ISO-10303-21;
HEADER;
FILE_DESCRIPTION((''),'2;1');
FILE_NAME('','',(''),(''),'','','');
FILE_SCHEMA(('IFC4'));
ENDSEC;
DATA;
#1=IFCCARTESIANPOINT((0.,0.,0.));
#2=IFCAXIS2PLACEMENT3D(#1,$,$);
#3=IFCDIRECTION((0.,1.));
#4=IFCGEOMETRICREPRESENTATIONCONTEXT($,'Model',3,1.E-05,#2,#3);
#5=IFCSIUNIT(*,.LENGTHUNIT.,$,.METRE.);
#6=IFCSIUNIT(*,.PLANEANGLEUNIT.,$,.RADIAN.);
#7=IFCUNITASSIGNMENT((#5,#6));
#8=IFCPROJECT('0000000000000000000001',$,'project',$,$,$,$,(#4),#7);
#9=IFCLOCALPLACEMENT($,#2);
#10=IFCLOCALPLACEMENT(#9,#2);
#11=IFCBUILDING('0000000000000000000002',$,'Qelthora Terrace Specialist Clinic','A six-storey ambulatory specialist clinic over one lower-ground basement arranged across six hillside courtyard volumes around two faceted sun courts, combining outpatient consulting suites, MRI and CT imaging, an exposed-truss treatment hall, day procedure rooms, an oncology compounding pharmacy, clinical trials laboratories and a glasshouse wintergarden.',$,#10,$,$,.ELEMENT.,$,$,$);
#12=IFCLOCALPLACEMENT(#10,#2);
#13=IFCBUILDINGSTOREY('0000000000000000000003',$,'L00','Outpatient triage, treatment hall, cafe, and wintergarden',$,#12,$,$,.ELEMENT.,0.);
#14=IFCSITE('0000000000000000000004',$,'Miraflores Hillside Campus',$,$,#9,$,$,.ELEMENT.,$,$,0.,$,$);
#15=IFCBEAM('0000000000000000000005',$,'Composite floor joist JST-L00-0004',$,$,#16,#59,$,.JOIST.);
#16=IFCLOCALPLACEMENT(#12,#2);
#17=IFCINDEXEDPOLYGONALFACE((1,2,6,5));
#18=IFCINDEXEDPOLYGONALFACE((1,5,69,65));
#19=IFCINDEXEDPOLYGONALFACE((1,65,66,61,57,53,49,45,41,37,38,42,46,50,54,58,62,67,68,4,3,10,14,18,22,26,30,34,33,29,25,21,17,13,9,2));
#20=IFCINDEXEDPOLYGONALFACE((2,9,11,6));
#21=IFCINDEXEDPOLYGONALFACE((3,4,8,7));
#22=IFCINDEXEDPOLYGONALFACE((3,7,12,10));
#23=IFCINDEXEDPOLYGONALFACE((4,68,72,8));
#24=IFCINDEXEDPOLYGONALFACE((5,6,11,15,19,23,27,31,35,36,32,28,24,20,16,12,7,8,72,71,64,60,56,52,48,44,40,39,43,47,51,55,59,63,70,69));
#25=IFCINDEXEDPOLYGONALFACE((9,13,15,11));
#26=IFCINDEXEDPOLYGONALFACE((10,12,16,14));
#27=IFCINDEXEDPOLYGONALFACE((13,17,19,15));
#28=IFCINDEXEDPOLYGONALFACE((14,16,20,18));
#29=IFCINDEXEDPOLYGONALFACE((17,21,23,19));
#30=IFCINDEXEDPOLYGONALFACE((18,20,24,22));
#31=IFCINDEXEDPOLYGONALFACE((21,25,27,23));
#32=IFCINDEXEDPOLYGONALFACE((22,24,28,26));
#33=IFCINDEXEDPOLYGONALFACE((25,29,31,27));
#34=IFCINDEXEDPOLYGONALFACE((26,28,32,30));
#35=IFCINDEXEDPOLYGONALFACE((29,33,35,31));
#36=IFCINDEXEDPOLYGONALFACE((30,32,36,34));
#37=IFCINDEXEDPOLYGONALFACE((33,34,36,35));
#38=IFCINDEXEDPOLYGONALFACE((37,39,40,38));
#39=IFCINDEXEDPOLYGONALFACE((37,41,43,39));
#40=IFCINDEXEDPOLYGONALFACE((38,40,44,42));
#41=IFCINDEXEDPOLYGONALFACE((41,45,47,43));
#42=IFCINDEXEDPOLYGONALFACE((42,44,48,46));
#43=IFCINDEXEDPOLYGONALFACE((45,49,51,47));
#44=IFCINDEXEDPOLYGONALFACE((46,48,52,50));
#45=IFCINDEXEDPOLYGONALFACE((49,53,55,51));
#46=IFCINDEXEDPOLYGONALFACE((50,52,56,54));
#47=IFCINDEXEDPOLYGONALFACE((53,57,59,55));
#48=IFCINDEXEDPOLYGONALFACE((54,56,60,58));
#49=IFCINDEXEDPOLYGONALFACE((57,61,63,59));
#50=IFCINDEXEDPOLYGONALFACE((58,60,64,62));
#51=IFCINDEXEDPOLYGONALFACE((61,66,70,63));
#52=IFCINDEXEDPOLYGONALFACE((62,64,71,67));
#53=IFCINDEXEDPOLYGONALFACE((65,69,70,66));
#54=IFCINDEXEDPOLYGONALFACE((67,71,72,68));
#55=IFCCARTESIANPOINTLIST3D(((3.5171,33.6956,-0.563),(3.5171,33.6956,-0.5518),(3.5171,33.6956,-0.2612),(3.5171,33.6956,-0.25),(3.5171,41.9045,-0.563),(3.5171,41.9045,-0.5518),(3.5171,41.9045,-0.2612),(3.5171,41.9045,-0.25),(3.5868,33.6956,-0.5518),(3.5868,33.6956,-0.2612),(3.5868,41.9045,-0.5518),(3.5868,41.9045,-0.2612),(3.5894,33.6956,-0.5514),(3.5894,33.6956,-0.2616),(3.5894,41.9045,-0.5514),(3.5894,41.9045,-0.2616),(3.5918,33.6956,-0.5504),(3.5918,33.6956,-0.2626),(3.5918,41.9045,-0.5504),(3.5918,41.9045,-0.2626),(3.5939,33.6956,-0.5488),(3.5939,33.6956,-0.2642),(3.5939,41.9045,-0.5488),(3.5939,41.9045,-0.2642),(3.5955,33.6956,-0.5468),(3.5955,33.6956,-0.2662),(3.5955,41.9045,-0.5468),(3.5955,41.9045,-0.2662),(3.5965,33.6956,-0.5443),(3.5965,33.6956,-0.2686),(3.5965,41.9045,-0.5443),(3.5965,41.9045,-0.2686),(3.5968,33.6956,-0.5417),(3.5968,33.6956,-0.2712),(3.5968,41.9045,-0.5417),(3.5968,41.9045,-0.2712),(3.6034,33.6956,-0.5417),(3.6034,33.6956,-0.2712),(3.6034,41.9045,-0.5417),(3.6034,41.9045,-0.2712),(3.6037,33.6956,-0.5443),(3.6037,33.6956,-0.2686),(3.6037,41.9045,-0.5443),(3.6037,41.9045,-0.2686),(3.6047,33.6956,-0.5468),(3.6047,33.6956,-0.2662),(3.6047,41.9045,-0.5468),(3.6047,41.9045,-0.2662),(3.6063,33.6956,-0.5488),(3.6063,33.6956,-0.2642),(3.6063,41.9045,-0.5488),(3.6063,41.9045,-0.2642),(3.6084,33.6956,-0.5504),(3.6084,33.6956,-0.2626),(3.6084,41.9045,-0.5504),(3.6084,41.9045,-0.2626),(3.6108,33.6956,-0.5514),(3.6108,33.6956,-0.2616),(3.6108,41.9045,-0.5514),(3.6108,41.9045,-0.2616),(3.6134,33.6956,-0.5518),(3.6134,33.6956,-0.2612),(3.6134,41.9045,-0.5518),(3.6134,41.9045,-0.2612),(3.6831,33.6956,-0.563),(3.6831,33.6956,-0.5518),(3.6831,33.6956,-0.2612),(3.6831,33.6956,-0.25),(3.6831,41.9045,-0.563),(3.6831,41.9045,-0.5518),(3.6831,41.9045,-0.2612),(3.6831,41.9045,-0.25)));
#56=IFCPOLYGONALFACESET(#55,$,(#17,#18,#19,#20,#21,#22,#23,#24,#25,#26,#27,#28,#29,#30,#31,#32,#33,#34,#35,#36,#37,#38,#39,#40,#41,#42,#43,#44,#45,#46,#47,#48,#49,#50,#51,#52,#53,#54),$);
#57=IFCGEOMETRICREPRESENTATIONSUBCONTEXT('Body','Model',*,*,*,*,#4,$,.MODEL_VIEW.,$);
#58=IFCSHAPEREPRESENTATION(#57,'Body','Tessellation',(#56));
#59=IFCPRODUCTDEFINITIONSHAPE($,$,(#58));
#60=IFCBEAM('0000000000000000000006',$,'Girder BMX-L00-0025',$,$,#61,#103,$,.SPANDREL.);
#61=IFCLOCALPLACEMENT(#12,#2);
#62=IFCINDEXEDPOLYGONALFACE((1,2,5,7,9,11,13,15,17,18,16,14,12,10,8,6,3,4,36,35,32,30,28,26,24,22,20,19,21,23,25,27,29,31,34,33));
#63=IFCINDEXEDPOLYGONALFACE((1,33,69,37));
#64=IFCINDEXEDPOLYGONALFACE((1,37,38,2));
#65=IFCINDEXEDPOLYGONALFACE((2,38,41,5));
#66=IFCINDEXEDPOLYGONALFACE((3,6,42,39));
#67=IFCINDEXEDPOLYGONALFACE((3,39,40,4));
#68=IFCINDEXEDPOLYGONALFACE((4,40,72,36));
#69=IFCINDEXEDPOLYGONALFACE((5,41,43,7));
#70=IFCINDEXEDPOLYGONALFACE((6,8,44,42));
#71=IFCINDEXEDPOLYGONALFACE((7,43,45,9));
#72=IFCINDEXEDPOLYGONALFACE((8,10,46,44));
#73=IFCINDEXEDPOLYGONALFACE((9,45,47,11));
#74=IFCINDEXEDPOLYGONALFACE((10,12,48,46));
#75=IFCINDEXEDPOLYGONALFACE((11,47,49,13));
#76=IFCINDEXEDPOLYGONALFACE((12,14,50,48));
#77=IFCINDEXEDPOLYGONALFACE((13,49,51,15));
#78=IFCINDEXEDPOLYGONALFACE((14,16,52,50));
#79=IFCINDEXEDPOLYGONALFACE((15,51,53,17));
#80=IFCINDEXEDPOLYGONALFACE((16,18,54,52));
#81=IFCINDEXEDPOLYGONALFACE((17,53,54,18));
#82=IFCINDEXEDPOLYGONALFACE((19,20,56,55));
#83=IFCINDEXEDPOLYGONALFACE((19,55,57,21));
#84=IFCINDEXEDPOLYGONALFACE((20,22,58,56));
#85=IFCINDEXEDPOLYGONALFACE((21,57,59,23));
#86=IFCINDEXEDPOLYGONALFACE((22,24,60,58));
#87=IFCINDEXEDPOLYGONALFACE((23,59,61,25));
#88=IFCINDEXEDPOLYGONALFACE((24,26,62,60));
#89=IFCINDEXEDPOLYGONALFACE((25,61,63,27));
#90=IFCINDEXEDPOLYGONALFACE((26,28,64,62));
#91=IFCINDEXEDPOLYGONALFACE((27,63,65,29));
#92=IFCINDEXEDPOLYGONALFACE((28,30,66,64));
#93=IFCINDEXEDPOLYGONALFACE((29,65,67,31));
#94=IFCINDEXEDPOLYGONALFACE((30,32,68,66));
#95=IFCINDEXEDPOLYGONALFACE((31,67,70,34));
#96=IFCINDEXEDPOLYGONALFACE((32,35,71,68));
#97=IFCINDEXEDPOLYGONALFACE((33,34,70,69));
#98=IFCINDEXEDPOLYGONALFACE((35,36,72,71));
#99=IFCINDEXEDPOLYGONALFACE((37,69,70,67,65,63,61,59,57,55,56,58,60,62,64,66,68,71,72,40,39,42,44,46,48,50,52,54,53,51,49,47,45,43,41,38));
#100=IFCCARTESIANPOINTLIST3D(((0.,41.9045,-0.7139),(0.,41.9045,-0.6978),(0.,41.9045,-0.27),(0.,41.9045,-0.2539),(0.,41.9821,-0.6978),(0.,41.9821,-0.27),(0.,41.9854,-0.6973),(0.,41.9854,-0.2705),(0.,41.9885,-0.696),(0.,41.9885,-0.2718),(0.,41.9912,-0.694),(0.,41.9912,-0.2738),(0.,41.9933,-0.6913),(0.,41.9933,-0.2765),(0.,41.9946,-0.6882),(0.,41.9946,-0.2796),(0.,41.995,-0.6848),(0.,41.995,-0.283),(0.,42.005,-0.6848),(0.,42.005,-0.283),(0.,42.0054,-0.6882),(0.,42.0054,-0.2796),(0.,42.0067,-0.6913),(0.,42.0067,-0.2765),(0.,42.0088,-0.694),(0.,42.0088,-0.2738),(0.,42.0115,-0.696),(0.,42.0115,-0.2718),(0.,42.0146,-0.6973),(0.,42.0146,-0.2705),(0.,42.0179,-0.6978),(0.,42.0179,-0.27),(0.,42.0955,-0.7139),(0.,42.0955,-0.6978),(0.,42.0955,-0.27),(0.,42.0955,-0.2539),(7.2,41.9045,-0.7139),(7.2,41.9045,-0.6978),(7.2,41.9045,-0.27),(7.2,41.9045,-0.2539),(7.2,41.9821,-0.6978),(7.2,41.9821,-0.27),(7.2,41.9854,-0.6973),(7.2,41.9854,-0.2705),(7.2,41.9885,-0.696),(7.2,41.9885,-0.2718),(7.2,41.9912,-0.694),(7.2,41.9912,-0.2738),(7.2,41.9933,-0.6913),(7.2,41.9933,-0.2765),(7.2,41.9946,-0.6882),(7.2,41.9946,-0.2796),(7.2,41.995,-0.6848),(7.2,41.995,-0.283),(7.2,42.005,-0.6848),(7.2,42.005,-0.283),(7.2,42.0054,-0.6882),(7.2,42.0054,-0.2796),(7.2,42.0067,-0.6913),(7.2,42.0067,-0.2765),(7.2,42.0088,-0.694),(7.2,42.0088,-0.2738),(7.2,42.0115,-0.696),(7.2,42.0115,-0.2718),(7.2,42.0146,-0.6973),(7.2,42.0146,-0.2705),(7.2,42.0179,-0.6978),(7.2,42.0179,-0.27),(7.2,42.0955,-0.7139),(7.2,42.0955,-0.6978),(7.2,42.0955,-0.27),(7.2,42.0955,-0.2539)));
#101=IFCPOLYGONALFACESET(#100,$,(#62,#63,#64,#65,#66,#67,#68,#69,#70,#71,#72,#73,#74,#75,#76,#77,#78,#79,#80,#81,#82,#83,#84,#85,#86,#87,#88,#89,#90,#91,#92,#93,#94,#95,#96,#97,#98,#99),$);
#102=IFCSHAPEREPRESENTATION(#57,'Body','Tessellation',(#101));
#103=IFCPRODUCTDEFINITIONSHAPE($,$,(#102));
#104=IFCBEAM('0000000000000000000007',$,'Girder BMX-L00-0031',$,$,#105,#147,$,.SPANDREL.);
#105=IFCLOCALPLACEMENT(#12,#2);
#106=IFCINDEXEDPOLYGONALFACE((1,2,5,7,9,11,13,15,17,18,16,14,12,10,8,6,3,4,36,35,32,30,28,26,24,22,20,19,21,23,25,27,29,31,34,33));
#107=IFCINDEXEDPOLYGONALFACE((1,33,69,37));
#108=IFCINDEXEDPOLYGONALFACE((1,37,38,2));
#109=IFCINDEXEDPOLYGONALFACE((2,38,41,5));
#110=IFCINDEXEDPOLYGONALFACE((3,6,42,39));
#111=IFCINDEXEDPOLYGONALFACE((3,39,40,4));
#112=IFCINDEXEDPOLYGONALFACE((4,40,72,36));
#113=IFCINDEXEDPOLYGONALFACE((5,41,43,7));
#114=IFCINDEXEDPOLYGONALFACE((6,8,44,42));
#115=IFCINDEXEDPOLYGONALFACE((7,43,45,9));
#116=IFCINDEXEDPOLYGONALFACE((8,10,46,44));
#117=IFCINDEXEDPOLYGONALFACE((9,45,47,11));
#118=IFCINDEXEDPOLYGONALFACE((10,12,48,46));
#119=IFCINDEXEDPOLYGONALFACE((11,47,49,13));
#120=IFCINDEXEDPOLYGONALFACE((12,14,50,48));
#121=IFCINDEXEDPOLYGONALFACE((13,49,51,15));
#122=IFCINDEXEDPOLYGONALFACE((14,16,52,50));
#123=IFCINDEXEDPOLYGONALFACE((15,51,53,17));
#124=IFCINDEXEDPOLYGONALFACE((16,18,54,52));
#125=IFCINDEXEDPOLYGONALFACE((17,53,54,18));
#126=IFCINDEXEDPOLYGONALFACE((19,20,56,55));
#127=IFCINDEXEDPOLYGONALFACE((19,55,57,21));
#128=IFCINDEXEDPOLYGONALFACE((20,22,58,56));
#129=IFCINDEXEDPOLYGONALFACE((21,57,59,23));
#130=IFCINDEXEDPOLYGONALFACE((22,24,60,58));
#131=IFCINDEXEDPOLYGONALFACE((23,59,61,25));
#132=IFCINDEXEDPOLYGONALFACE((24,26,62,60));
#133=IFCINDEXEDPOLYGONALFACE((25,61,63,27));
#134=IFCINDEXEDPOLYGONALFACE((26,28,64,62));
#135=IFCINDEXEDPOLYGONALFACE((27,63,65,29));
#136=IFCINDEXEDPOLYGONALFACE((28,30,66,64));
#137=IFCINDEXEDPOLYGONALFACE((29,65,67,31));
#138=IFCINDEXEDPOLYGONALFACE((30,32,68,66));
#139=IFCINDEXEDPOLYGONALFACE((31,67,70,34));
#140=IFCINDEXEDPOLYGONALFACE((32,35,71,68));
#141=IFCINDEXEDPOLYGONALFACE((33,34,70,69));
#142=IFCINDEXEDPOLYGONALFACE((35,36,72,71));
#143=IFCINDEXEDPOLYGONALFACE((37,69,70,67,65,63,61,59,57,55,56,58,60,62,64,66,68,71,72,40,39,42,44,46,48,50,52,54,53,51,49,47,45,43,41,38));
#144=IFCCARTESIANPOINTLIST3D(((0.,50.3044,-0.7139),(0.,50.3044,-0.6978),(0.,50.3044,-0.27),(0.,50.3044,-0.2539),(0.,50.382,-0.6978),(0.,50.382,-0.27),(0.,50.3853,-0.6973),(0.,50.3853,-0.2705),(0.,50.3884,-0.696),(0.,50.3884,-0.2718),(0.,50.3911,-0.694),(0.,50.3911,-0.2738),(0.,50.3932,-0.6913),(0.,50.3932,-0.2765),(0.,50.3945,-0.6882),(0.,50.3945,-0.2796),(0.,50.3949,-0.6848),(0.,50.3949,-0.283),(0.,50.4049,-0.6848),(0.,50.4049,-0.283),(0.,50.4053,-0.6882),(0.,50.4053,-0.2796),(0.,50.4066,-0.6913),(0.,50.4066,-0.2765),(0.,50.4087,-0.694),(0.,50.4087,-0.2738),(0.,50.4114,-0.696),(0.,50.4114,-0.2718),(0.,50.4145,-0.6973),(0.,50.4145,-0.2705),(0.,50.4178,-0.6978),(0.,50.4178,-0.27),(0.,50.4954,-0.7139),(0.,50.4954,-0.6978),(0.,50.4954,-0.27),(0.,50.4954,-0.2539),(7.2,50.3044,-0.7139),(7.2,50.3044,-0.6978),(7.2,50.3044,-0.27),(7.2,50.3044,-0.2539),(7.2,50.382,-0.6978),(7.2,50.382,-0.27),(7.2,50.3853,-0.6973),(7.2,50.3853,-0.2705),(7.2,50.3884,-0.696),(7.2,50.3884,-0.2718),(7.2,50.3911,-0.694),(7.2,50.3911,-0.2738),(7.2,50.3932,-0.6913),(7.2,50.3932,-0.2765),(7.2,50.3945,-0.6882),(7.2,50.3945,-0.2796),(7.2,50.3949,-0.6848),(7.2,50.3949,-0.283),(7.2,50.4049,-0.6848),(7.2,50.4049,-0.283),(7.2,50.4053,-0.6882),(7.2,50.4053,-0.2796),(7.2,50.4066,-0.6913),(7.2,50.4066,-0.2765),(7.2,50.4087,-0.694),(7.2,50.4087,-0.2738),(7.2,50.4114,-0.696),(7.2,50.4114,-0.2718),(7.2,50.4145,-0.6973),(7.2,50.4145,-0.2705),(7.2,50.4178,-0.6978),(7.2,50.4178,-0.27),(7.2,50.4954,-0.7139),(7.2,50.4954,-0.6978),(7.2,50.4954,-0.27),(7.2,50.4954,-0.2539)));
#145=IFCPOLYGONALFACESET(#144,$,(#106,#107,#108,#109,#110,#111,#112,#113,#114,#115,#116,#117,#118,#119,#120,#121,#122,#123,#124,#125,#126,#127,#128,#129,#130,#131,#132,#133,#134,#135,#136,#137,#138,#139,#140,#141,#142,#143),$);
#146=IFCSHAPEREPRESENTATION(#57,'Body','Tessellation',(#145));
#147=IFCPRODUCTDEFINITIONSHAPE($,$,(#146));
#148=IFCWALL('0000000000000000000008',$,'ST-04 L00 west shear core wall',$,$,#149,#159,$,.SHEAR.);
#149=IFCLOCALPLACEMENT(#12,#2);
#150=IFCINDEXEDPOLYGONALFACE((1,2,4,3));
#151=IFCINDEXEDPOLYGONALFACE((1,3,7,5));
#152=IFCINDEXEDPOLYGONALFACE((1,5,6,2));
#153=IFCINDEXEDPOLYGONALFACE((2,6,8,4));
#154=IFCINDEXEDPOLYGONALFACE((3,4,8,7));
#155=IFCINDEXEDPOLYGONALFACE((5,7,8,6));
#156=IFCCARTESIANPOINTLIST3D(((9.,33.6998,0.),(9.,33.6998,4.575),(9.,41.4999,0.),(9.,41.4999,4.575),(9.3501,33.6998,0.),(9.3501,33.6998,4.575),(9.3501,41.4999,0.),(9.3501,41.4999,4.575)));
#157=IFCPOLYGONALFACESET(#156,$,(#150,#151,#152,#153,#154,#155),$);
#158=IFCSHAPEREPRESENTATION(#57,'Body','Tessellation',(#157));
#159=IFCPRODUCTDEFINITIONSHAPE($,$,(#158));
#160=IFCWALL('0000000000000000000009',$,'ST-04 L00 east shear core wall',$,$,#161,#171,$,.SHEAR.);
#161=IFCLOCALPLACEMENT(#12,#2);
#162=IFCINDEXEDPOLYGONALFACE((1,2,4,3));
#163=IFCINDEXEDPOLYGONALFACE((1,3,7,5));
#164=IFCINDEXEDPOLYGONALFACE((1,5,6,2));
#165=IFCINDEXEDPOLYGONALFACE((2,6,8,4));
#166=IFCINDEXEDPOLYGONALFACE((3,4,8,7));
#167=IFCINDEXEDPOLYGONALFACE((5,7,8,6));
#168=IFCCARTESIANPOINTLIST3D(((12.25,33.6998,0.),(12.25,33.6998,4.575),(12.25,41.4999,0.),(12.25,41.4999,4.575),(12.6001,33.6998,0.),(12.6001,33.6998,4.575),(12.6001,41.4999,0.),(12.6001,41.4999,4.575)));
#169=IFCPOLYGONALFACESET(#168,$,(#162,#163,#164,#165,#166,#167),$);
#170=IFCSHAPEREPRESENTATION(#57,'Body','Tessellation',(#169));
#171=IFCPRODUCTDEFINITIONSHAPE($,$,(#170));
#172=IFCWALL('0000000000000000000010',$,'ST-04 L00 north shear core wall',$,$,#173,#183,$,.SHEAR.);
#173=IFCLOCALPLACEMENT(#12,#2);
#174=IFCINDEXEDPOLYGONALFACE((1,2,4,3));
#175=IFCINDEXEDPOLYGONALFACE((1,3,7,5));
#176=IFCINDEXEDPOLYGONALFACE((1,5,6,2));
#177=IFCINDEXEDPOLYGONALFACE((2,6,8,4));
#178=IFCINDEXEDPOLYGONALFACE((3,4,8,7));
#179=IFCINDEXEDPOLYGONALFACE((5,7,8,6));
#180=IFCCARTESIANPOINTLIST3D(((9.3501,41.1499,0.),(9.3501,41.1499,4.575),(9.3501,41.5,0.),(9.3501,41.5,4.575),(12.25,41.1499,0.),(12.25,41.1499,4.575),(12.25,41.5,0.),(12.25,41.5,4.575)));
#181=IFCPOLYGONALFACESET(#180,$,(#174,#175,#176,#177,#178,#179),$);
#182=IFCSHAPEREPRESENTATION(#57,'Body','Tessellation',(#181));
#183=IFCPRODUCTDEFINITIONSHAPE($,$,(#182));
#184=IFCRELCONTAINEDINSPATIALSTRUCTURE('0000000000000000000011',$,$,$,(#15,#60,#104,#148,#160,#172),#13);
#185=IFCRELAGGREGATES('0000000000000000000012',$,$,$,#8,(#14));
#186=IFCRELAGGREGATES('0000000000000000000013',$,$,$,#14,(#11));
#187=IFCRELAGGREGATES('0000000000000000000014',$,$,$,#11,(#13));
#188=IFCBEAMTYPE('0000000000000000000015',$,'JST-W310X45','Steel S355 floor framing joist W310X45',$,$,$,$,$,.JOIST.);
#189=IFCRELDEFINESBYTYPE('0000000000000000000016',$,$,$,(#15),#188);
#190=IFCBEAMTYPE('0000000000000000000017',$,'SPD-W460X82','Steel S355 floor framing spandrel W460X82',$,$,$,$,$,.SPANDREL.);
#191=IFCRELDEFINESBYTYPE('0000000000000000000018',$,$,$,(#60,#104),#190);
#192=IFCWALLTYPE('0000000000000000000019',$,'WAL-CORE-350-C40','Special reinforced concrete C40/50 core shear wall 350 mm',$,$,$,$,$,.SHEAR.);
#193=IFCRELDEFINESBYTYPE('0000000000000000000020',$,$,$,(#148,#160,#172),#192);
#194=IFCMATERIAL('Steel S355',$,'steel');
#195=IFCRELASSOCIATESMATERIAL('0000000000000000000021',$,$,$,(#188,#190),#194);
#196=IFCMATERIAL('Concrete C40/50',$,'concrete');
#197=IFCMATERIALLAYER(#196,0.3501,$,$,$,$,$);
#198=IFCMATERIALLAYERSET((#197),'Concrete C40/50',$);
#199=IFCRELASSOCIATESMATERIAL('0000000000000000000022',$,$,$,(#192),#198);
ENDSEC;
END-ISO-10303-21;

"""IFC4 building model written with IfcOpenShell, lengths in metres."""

from ifc_helpers import new_model, si_unit, direction, frame, frame_2d, origin, origin_2d, place, context, subcontext, project, spatial, rectangle, i_section, extrude, material, layer, layer_set, material_profile, profile_set, type_object, element, save


model = new_model("IFC4")

# Units and contexts
model_context = context("Model", 3, precision=1e-05, world=origin(), true_north=direction((0.0, 1.0)))
body_context = subcontext(model_context, "Body", "Model", "MODEL_VIEW")
ifc_project = project(units=[si_unit("LENGTHUNIT", "METRE"), si_unit("PLANEANGLEUNIT", "RADIAN")], contexts=[model_context])

# Site, building, storey
site_placement = place(None, origin())
site = spatial("IfcSite", under=ifc_project, at=site_placement, Name="Miraflores Hillside Campus", CompositionType="ELEMENT", RefElevation=0.0)
building_placement = place(site_placement, origin())
building = spatial("IfcBuilding", under=site, at=building_placement, Name="Qelthora Terrace Specialist Clinic", Description="A six-storey ambulatory specialist clinic over one lower-ground basement arranged across six hillside courtyard volumes around two faceted sun courts, combining outpatient consulting suites, MRI and CT imaging, an exposed-truss treatment hall, day procedure rooms, an oncology compounding pharmacy, clinical trials laboratories and a glasshouse wintergarden.", CompositionType="ELEMENT")
storey_placement = place(building_placement, origin())
storey = spatial("IfcBuildingStorey", under=building, at=storey_placement, Name="L00", Description="Outpatient triage, treatment hall, cafe, and wintergarden", CompositionType="ELEMENT", Elevation=0.0)

# Shared definitions
ifc_material_1 = material(Name="Steel S355", Category="steel")

# Beams
ifc_material_profile_1 = material_profile(ifc_material_1, i_section(OverallWidth=0.166, OverallDepth=0.313, WebThickness=0.0066, FlangeThickness=0.0112, FilletRadius=0.01, at=origin_2d()), Name="W310X45")
ifc_profile_set_1 = profile_set([ifc_material_profile_1], Name="Steel S355")
beam_type_1 = type_object("IfcBeamType", Name="JST-W310X45", Description="Steel S355 floor framing joist W310X45", PredefinedType="JOIST", material=ifc_profile_set_1)
beam_1_placement = place(storey_placement, frame((3.6001, 33.6956, -0.4065), z_axis=(0.0, 1.0, 0.0), x_axis=(-1.0, 0.0, 0.0)))
element("IfcBeam", 1, at=beam_1_placement, inside=storey, type_object=beam_type_1, Name="Composite floor joist JST-L00-0004", PredefinedType="JOIST", context=body_context, shape_type="SweptSolid", body=[
    extrude(i_section(OverallWidth=0.166, OverallDepth=0.313, WebThickness=0.0066, FlangeThickness=0.0112, FilletRadius=0.01, at=origin_2d()), origin(), (0.0, 0.0, 1.0), 8.209),
])
ifc_material_profile_2 = material_profile(ifc_material_1, i_section(OverallWidth=0.1909, OverallDepth=0.46, WebThickness=0.01, FlangeThickness=0.0161, FilletRadius=0.0129, at=origin_2d()), Name="W460X82")
ifc_profile_set_2 = profile_set([ifc_material_profile_2], Name="Steel S355")
beam_type_2 = type_object("IfcBeamType", Name="SPD-W460X82", Description="Steel S355 floor framing spandrel W460X82", PredefinedType="SPANDREL", material=ifc_profile_set_2)
for number, where, z_axis, x_axis, name in (
    (2, (0.0, 42.0, -0.4839), (1.0, 0.0, 0.0), (0.0, 1.0, 0.0), "Girder BMX-L00-0025"),
    (3, (0.0, 50.3999, -0.4839), (1.0, 0.0, 0.0), (0.0, 1.0, 0.0), "Girder BMX-L00-0031"),
):
    element("IfcBeam", number, at=place(storey_placement, frame(where, z_axis=z_axis, x_axis=x_axis)), inside=storey, type_object=beam_type_2, Name=name, PredefinedType="SPANDREL", context=body_context, shape_type="SweptSolid", body=[
        extrude(i_section(OverallWidth=0.1909, OverallDepth=0.46, WebThickness=0.01, FlangeThickness=0.0161, FilletRadius=0.0129, at=origin_2d()), origin(), (0.0, 0.0, 1.0), 7.2),
    ])

# Walls
ifc_material_2 = material(Name="Concrete C40/50", Category="concrete")
ifc_layer_1 = layer(ifc_material_2, 0.3501)
ifc_layer_set_1 = layer_set([ifc_layer_1], Name="Concrete C40/50")
wall_type_1 = type_object("IfcWallType", Name="WAL-CORE-350-C40", Description="Special reinforced concrete C40/50 core shear wall 350 mm", PredefinedType="SHEAR", material=ifc_layer_set_1)
for number, where, z_axis, x_axis, name in (
    (4, (9.175, 33.7, 0.0), (0.0, 0.0, 1.0), (0.0, 1.0, 0.0), "ST-04 L00 west shear core wall"),
    (5, (12.425, 33.7, 0.0), (0.0, 0.0, 1.0), (0.0, 1.0, 0.0), "ST-04 L00 east shear core wall"),
):
    element("IfcWall", number, at=place(storey_placement, frame(where, z_axis=z_axis, x_axis=x_axis)), inside=storey, type_object=wall_type_1, Name=name, PredefinedType="SHEAR", context=body_context, shape_type="SweptSolid", body=[
        extrude(rectangle(XDim=7.8, YDim=0.3501, at=frame_2d((3.8999, 0.0))), origin(), (0.0, 0.0, 1.0), 4.575),
    ])
wall_1_placement = place(storey_placement, frame((9.3501, 41.325, 0.0), z_axis=(0.0, 0.0, 1.0), x_axis=(1.0, 0.0, 0.0)))
element("IfcWall", 6, at=wall_1_placement, inside=storey, type_object=wall_type_1, Name="ST-04 L00 north shear core wall", PredefinedType="SHEAR", context=body_context, shape_type="SweptSolid", body=[
    extrude(rectangle(XDim=2.8999, YDim=0.3501, at=frame_2d((1.45, 0.0))), origin(), (0.0, 0.0, 1.0), 4.575),
])

save(model, "model.ifc")
